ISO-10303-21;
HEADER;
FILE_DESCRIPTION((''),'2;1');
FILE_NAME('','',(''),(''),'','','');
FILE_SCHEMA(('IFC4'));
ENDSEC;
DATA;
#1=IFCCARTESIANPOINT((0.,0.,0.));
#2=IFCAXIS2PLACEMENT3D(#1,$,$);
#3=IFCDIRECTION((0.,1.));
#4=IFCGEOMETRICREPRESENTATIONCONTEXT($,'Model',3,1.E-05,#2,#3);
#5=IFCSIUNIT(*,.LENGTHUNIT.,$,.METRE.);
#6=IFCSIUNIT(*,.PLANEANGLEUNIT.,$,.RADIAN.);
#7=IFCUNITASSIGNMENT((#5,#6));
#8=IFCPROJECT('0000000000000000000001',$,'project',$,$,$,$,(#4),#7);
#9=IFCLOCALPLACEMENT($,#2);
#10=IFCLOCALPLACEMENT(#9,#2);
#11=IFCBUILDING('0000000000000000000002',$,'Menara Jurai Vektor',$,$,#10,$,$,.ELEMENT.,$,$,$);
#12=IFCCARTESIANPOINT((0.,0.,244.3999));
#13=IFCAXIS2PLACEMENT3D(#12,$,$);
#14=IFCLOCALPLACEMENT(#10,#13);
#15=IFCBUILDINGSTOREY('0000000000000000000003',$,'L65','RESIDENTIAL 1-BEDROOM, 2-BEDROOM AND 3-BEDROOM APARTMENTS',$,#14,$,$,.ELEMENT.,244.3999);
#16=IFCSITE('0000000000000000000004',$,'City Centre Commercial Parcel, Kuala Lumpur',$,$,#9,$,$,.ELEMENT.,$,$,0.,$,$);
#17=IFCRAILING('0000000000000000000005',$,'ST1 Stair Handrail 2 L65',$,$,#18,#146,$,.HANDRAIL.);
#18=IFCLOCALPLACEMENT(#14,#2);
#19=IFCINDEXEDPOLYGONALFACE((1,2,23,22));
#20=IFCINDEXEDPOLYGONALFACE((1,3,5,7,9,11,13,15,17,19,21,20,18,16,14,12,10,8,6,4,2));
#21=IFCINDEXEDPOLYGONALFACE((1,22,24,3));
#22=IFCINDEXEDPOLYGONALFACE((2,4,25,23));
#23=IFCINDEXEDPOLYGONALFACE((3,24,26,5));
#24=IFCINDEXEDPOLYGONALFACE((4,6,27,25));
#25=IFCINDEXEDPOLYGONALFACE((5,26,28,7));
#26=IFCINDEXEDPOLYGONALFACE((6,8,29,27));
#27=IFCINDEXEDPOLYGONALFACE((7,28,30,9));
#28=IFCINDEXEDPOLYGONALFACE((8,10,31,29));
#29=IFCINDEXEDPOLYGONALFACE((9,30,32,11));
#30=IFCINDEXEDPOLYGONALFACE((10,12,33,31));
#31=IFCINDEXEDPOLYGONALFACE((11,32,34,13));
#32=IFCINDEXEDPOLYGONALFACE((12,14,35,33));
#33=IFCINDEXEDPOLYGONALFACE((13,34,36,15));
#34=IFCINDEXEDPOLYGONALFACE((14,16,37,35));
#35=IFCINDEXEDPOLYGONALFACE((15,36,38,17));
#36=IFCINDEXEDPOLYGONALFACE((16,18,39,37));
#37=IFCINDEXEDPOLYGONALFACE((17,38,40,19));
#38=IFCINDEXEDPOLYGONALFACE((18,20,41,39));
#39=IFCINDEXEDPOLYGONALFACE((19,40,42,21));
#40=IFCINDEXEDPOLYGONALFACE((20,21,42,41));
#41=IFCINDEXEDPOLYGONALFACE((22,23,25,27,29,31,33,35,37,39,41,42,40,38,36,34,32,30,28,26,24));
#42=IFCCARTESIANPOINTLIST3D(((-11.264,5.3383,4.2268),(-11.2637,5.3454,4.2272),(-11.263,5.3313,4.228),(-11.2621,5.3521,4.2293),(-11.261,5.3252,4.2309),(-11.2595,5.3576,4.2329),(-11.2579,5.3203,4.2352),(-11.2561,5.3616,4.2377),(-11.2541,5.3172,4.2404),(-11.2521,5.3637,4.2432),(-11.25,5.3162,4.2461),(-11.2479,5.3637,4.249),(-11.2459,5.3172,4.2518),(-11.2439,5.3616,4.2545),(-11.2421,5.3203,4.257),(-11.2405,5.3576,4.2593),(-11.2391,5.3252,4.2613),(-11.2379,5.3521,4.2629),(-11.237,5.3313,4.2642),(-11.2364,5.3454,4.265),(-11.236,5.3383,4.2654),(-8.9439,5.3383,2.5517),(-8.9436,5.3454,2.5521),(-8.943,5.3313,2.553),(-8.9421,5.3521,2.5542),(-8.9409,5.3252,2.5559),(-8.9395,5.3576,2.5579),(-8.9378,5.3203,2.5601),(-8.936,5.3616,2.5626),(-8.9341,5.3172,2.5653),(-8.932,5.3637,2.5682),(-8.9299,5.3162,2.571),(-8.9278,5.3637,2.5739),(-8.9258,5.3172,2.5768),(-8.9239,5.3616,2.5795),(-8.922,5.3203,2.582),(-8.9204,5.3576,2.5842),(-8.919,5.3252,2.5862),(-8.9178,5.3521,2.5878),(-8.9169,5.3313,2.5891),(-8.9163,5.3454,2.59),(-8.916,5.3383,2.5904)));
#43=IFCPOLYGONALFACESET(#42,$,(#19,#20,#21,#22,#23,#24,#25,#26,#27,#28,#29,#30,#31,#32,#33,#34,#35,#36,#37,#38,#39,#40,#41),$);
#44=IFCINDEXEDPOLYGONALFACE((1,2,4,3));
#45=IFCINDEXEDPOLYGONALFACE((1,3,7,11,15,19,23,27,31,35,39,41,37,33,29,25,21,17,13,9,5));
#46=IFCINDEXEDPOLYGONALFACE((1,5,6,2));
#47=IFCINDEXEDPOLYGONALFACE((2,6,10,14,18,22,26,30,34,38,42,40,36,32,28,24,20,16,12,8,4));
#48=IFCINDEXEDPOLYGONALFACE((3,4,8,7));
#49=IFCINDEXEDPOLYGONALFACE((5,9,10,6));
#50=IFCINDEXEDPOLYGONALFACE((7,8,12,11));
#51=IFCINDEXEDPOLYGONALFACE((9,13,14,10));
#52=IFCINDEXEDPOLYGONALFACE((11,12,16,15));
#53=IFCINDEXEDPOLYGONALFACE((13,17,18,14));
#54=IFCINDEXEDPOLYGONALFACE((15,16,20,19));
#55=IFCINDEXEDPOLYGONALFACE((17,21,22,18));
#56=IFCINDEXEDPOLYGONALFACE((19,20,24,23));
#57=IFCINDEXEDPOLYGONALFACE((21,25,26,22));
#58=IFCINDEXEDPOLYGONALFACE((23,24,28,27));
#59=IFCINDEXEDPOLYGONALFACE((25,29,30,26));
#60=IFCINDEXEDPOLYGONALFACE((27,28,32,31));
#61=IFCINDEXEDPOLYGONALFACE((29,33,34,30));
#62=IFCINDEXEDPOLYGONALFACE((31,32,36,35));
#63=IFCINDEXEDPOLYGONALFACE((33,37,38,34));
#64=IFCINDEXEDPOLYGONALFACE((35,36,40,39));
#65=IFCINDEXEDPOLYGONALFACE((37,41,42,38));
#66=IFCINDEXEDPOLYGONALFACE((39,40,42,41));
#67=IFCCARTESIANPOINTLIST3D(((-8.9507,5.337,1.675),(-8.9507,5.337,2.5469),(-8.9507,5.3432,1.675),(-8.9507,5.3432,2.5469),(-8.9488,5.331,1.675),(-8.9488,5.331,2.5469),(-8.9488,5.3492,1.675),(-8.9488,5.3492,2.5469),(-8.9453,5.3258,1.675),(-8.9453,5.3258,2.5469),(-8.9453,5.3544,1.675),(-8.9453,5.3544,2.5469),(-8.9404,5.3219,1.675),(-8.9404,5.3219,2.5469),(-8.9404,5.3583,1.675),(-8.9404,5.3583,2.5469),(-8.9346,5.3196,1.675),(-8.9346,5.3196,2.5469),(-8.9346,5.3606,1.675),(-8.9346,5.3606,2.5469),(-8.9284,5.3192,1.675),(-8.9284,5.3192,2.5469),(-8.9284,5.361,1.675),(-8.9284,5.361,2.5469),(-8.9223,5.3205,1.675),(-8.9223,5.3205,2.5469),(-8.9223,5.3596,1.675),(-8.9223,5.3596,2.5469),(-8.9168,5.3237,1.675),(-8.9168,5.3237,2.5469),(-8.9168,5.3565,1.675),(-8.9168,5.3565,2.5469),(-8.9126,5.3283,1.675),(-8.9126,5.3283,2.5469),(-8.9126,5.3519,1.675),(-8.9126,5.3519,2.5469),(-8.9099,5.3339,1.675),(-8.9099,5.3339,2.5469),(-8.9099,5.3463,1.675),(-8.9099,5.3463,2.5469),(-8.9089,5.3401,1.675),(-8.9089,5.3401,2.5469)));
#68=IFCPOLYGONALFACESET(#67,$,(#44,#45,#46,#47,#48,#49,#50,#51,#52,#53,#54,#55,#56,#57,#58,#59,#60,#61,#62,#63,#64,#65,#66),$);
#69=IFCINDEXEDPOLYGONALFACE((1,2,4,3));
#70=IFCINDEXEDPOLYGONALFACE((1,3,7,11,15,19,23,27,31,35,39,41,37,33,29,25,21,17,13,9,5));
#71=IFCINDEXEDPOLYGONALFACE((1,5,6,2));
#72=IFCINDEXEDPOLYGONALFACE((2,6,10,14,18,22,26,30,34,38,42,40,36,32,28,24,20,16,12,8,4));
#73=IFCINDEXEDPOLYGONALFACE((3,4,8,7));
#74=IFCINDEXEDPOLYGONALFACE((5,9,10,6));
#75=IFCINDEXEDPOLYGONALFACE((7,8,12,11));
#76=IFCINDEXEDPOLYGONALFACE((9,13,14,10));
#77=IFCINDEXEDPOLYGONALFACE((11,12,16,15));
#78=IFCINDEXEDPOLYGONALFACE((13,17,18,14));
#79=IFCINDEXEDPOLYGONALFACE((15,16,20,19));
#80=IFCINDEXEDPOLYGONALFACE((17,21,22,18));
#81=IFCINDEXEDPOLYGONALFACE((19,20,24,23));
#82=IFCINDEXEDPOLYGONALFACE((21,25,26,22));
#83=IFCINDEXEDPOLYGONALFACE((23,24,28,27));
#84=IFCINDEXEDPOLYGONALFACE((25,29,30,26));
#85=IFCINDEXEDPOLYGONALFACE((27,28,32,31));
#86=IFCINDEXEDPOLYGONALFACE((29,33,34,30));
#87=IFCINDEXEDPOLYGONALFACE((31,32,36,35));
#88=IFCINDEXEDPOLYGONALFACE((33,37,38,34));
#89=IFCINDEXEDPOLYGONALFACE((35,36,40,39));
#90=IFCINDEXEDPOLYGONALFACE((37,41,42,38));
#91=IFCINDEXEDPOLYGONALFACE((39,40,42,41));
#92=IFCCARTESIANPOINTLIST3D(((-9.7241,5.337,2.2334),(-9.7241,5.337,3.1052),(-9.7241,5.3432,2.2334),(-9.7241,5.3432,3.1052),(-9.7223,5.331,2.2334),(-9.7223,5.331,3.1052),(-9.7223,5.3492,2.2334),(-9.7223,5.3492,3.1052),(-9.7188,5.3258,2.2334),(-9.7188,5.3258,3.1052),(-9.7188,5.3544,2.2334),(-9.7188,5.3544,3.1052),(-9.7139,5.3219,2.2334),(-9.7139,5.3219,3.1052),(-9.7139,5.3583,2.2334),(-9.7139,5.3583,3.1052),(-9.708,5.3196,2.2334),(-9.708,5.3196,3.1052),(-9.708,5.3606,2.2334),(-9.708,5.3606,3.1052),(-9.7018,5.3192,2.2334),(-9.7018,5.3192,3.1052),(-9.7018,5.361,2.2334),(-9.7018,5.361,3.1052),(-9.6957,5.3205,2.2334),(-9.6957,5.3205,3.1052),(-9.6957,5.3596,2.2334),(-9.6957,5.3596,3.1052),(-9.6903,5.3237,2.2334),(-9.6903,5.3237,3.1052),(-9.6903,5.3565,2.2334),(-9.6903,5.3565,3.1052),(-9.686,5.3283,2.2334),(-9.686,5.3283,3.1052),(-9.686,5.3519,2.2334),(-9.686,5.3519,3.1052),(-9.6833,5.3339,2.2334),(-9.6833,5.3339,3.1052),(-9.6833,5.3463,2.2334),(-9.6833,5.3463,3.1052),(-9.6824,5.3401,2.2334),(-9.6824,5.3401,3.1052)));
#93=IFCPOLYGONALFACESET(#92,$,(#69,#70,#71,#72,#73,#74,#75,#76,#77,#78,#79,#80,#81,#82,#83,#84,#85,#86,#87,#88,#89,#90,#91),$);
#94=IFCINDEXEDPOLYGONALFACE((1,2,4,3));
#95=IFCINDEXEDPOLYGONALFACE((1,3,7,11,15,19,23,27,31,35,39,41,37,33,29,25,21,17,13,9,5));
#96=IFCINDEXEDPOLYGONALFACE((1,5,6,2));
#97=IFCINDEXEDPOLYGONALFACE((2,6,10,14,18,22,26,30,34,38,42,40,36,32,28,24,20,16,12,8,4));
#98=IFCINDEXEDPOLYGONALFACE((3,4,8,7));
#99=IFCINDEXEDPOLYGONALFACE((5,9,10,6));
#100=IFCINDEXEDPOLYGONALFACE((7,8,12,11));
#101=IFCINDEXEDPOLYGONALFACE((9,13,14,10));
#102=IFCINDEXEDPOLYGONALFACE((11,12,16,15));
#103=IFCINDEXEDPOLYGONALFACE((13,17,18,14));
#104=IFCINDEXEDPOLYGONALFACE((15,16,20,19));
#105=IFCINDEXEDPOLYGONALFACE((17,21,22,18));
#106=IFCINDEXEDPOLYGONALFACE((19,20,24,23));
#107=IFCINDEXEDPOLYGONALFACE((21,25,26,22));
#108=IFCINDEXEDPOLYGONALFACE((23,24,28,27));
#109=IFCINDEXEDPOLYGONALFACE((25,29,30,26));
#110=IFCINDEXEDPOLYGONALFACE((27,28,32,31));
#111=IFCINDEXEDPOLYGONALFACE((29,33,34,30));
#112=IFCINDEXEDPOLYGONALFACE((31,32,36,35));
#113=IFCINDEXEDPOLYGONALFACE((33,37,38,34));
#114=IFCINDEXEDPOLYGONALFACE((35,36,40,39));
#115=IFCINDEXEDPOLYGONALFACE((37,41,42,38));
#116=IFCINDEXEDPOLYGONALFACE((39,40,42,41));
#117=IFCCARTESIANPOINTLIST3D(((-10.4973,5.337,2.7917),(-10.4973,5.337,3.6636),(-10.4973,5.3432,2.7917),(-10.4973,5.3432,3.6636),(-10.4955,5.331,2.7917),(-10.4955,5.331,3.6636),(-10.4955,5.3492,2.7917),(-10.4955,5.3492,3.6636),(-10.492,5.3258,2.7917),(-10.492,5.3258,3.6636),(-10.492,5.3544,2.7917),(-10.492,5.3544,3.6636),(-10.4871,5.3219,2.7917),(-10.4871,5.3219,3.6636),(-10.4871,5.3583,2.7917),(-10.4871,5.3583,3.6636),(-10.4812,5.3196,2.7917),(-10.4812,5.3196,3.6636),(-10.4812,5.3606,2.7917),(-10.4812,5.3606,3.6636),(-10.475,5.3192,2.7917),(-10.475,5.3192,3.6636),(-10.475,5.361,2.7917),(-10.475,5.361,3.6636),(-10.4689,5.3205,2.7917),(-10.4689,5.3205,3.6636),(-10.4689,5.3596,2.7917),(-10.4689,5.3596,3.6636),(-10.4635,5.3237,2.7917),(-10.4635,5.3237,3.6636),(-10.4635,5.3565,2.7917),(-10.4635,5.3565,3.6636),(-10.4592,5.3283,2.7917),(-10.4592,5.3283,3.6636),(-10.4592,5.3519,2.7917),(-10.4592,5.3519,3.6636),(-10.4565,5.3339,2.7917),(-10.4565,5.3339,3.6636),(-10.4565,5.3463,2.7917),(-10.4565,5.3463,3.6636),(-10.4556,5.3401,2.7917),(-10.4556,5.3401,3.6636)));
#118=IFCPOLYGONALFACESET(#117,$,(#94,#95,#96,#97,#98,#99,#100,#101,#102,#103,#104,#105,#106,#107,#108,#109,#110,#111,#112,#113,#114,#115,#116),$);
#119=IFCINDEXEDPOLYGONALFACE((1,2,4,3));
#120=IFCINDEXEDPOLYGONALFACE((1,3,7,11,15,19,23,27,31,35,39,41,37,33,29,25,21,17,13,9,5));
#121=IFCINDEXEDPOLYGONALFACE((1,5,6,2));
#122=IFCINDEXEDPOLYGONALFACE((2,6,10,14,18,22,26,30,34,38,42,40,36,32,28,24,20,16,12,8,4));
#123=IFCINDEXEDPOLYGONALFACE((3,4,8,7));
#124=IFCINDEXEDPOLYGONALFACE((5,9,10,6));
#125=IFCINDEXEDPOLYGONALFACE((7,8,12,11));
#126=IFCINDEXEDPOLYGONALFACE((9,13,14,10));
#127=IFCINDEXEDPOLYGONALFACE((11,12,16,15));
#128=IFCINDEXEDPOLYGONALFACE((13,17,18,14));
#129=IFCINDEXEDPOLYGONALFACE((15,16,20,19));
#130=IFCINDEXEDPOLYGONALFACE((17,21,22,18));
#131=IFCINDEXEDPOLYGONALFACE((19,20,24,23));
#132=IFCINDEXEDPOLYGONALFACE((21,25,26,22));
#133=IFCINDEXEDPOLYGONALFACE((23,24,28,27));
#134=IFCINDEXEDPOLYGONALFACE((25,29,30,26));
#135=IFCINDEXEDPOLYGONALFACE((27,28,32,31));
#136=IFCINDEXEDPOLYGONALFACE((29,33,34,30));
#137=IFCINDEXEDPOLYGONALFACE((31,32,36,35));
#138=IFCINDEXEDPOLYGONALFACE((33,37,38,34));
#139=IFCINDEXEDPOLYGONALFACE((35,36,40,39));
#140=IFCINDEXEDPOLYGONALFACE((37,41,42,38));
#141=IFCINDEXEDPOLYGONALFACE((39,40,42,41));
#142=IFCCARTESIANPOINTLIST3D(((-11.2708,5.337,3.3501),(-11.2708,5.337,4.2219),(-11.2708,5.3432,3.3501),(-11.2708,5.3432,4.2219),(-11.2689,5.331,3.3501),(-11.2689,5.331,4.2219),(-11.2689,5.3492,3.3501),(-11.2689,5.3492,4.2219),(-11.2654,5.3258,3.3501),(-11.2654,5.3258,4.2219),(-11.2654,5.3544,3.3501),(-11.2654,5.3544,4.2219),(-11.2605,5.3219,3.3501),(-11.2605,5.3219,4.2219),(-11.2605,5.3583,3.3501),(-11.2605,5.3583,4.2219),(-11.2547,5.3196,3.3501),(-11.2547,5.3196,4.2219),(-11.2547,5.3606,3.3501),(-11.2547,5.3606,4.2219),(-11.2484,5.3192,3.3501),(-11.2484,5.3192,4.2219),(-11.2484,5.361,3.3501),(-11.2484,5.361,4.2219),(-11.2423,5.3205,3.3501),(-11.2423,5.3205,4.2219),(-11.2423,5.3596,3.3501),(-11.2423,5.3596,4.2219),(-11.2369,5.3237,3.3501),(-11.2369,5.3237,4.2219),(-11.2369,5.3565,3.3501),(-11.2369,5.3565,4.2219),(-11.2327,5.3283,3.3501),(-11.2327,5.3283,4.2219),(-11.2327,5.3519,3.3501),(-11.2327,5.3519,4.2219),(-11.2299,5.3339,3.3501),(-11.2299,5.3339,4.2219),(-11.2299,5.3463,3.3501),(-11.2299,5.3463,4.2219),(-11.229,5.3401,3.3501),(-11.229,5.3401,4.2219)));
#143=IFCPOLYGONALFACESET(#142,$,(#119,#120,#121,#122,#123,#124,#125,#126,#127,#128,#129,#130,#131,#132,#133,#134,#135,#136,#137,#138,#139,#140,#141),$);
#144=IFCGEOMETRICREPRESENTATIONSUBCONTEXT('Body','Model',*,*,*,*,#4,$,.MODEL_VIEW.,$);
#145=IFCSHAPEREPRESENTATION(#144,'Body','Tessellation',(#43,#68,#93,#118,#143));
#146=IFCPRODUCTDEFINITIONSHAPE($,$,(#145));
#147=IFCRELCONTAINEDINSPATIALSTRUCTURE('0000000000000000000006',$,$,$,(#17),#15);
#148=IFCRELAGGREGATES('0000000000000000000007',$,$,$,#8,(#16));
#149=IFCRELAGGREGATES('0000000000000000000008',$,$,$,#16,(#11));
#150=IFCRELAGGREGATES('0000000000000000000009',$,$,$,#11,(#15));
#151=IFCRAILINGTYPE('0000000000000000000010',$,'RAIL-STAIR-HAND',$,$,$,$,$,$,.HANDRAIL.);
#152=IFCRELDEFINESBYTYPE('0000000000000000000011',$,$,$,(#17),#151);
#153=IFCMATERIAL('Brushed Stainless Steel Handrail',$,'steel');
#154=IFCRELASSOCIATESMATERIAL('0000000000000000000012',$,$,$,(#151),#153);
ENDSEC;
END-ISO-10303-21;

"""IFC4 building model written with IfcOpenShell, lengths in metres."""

from ifc_helpers import new_model, si_unit, direction, frame, origin, origin_2d, place, context, subcontext, project, spatial, circle, extrude, material, type_object, element, save


model = new_model("IFC4")

# Units and contexts
model_context = context("Model", 3, precision=1e-05, world=origin(), true_north=direction((0.0, 1.0)))
body_context = subcontext(model_context, "Body", "Model", "MODEL_VIEW")
ifc_project = project(units=[si_unit("LENGTHUNIT", "METRE"), si_unit("PLANEANGLEUNIT", "RADIAN")], contexts=[model_context])

# Site, building, storey
site_placement = place(None, origin())
site = spatial("IfcSite", under=ifc_project, at=site_placement, Name="City Centre Commercial Parcel, Kuala Lumpur", CompositionType="ELEMENT", RefElevation=0.0)
building_placement = place(site_placement, origin())
building = spatial("IfcBuilding", under=site, at=building_placement, Name="Menara Jurai Vektor", CompositionType="ELEMENT")
storey_placement = place(building_placement, frame((0.0, 0.0, 244.3999)))
storey = spatial("IfcBuildingStorey", under=building, at=storey_placement, Name="L65", Description="RESIDENTIAL 1-BEDROOM, 2-BEDROOM AND 3-BEDROOM APARTMENTS", CompositionType="ELEMENT", Elevation=244.3999)

# Railing
ifc_material_1 = material(Name="Brushed Stainless Steel Handrail", Category="steel")
railing_type = type_object("IfcRailingType", Name="RAIL-STAIR-HAND", PredefinedType="HANDRAIL", material=ifc_material_1)
railing_1_placement = place(storey_placement, frame((-8.9299, 5.3401, 1.675)))
element("IfcRailing", 1, at=railing_1_placement, inside=storey, type_object=railing_type, Name="ST1 Stair Handrail 2 L65", PredefinedType="HANDRAIL", context=body_context, shape_type="SweptSolid", body=[
    extrude(circle(Radius=0.0239, at=origin_2d()), frame((0.0, 0.0, 0.896), z_axis=(-0.810771, 0.0, 0.585363), x_axis=(0.0, -1.0, 0.0)), (0.0, 0.0, 1.0), 2.8616),
    extrude(circle(Radius=0.021, at=origin_2d()), origin(), (0.0, 0.0, 1.0), 0.8718),
    extrude(circle(Radius=0.021, at=origin_2d()), frame((-0.7734, 0.0, 0.5583)), (0.0, 0.0, 1.0), 0.8718),
    extrude(circle(Radius=0.021, at=origin_2d()), frame((-1.5466, 0.0, 1.1167)), (0.0, 0.0, 1.0), 0.8718),
    extrude(circle(Radius=0.021, at=origin_2d()), frame((-2.3201, 0.0, 1.675)), (0.0, 0.0, 1.0), 0.8718),
])

save(model, "model.ifc")
